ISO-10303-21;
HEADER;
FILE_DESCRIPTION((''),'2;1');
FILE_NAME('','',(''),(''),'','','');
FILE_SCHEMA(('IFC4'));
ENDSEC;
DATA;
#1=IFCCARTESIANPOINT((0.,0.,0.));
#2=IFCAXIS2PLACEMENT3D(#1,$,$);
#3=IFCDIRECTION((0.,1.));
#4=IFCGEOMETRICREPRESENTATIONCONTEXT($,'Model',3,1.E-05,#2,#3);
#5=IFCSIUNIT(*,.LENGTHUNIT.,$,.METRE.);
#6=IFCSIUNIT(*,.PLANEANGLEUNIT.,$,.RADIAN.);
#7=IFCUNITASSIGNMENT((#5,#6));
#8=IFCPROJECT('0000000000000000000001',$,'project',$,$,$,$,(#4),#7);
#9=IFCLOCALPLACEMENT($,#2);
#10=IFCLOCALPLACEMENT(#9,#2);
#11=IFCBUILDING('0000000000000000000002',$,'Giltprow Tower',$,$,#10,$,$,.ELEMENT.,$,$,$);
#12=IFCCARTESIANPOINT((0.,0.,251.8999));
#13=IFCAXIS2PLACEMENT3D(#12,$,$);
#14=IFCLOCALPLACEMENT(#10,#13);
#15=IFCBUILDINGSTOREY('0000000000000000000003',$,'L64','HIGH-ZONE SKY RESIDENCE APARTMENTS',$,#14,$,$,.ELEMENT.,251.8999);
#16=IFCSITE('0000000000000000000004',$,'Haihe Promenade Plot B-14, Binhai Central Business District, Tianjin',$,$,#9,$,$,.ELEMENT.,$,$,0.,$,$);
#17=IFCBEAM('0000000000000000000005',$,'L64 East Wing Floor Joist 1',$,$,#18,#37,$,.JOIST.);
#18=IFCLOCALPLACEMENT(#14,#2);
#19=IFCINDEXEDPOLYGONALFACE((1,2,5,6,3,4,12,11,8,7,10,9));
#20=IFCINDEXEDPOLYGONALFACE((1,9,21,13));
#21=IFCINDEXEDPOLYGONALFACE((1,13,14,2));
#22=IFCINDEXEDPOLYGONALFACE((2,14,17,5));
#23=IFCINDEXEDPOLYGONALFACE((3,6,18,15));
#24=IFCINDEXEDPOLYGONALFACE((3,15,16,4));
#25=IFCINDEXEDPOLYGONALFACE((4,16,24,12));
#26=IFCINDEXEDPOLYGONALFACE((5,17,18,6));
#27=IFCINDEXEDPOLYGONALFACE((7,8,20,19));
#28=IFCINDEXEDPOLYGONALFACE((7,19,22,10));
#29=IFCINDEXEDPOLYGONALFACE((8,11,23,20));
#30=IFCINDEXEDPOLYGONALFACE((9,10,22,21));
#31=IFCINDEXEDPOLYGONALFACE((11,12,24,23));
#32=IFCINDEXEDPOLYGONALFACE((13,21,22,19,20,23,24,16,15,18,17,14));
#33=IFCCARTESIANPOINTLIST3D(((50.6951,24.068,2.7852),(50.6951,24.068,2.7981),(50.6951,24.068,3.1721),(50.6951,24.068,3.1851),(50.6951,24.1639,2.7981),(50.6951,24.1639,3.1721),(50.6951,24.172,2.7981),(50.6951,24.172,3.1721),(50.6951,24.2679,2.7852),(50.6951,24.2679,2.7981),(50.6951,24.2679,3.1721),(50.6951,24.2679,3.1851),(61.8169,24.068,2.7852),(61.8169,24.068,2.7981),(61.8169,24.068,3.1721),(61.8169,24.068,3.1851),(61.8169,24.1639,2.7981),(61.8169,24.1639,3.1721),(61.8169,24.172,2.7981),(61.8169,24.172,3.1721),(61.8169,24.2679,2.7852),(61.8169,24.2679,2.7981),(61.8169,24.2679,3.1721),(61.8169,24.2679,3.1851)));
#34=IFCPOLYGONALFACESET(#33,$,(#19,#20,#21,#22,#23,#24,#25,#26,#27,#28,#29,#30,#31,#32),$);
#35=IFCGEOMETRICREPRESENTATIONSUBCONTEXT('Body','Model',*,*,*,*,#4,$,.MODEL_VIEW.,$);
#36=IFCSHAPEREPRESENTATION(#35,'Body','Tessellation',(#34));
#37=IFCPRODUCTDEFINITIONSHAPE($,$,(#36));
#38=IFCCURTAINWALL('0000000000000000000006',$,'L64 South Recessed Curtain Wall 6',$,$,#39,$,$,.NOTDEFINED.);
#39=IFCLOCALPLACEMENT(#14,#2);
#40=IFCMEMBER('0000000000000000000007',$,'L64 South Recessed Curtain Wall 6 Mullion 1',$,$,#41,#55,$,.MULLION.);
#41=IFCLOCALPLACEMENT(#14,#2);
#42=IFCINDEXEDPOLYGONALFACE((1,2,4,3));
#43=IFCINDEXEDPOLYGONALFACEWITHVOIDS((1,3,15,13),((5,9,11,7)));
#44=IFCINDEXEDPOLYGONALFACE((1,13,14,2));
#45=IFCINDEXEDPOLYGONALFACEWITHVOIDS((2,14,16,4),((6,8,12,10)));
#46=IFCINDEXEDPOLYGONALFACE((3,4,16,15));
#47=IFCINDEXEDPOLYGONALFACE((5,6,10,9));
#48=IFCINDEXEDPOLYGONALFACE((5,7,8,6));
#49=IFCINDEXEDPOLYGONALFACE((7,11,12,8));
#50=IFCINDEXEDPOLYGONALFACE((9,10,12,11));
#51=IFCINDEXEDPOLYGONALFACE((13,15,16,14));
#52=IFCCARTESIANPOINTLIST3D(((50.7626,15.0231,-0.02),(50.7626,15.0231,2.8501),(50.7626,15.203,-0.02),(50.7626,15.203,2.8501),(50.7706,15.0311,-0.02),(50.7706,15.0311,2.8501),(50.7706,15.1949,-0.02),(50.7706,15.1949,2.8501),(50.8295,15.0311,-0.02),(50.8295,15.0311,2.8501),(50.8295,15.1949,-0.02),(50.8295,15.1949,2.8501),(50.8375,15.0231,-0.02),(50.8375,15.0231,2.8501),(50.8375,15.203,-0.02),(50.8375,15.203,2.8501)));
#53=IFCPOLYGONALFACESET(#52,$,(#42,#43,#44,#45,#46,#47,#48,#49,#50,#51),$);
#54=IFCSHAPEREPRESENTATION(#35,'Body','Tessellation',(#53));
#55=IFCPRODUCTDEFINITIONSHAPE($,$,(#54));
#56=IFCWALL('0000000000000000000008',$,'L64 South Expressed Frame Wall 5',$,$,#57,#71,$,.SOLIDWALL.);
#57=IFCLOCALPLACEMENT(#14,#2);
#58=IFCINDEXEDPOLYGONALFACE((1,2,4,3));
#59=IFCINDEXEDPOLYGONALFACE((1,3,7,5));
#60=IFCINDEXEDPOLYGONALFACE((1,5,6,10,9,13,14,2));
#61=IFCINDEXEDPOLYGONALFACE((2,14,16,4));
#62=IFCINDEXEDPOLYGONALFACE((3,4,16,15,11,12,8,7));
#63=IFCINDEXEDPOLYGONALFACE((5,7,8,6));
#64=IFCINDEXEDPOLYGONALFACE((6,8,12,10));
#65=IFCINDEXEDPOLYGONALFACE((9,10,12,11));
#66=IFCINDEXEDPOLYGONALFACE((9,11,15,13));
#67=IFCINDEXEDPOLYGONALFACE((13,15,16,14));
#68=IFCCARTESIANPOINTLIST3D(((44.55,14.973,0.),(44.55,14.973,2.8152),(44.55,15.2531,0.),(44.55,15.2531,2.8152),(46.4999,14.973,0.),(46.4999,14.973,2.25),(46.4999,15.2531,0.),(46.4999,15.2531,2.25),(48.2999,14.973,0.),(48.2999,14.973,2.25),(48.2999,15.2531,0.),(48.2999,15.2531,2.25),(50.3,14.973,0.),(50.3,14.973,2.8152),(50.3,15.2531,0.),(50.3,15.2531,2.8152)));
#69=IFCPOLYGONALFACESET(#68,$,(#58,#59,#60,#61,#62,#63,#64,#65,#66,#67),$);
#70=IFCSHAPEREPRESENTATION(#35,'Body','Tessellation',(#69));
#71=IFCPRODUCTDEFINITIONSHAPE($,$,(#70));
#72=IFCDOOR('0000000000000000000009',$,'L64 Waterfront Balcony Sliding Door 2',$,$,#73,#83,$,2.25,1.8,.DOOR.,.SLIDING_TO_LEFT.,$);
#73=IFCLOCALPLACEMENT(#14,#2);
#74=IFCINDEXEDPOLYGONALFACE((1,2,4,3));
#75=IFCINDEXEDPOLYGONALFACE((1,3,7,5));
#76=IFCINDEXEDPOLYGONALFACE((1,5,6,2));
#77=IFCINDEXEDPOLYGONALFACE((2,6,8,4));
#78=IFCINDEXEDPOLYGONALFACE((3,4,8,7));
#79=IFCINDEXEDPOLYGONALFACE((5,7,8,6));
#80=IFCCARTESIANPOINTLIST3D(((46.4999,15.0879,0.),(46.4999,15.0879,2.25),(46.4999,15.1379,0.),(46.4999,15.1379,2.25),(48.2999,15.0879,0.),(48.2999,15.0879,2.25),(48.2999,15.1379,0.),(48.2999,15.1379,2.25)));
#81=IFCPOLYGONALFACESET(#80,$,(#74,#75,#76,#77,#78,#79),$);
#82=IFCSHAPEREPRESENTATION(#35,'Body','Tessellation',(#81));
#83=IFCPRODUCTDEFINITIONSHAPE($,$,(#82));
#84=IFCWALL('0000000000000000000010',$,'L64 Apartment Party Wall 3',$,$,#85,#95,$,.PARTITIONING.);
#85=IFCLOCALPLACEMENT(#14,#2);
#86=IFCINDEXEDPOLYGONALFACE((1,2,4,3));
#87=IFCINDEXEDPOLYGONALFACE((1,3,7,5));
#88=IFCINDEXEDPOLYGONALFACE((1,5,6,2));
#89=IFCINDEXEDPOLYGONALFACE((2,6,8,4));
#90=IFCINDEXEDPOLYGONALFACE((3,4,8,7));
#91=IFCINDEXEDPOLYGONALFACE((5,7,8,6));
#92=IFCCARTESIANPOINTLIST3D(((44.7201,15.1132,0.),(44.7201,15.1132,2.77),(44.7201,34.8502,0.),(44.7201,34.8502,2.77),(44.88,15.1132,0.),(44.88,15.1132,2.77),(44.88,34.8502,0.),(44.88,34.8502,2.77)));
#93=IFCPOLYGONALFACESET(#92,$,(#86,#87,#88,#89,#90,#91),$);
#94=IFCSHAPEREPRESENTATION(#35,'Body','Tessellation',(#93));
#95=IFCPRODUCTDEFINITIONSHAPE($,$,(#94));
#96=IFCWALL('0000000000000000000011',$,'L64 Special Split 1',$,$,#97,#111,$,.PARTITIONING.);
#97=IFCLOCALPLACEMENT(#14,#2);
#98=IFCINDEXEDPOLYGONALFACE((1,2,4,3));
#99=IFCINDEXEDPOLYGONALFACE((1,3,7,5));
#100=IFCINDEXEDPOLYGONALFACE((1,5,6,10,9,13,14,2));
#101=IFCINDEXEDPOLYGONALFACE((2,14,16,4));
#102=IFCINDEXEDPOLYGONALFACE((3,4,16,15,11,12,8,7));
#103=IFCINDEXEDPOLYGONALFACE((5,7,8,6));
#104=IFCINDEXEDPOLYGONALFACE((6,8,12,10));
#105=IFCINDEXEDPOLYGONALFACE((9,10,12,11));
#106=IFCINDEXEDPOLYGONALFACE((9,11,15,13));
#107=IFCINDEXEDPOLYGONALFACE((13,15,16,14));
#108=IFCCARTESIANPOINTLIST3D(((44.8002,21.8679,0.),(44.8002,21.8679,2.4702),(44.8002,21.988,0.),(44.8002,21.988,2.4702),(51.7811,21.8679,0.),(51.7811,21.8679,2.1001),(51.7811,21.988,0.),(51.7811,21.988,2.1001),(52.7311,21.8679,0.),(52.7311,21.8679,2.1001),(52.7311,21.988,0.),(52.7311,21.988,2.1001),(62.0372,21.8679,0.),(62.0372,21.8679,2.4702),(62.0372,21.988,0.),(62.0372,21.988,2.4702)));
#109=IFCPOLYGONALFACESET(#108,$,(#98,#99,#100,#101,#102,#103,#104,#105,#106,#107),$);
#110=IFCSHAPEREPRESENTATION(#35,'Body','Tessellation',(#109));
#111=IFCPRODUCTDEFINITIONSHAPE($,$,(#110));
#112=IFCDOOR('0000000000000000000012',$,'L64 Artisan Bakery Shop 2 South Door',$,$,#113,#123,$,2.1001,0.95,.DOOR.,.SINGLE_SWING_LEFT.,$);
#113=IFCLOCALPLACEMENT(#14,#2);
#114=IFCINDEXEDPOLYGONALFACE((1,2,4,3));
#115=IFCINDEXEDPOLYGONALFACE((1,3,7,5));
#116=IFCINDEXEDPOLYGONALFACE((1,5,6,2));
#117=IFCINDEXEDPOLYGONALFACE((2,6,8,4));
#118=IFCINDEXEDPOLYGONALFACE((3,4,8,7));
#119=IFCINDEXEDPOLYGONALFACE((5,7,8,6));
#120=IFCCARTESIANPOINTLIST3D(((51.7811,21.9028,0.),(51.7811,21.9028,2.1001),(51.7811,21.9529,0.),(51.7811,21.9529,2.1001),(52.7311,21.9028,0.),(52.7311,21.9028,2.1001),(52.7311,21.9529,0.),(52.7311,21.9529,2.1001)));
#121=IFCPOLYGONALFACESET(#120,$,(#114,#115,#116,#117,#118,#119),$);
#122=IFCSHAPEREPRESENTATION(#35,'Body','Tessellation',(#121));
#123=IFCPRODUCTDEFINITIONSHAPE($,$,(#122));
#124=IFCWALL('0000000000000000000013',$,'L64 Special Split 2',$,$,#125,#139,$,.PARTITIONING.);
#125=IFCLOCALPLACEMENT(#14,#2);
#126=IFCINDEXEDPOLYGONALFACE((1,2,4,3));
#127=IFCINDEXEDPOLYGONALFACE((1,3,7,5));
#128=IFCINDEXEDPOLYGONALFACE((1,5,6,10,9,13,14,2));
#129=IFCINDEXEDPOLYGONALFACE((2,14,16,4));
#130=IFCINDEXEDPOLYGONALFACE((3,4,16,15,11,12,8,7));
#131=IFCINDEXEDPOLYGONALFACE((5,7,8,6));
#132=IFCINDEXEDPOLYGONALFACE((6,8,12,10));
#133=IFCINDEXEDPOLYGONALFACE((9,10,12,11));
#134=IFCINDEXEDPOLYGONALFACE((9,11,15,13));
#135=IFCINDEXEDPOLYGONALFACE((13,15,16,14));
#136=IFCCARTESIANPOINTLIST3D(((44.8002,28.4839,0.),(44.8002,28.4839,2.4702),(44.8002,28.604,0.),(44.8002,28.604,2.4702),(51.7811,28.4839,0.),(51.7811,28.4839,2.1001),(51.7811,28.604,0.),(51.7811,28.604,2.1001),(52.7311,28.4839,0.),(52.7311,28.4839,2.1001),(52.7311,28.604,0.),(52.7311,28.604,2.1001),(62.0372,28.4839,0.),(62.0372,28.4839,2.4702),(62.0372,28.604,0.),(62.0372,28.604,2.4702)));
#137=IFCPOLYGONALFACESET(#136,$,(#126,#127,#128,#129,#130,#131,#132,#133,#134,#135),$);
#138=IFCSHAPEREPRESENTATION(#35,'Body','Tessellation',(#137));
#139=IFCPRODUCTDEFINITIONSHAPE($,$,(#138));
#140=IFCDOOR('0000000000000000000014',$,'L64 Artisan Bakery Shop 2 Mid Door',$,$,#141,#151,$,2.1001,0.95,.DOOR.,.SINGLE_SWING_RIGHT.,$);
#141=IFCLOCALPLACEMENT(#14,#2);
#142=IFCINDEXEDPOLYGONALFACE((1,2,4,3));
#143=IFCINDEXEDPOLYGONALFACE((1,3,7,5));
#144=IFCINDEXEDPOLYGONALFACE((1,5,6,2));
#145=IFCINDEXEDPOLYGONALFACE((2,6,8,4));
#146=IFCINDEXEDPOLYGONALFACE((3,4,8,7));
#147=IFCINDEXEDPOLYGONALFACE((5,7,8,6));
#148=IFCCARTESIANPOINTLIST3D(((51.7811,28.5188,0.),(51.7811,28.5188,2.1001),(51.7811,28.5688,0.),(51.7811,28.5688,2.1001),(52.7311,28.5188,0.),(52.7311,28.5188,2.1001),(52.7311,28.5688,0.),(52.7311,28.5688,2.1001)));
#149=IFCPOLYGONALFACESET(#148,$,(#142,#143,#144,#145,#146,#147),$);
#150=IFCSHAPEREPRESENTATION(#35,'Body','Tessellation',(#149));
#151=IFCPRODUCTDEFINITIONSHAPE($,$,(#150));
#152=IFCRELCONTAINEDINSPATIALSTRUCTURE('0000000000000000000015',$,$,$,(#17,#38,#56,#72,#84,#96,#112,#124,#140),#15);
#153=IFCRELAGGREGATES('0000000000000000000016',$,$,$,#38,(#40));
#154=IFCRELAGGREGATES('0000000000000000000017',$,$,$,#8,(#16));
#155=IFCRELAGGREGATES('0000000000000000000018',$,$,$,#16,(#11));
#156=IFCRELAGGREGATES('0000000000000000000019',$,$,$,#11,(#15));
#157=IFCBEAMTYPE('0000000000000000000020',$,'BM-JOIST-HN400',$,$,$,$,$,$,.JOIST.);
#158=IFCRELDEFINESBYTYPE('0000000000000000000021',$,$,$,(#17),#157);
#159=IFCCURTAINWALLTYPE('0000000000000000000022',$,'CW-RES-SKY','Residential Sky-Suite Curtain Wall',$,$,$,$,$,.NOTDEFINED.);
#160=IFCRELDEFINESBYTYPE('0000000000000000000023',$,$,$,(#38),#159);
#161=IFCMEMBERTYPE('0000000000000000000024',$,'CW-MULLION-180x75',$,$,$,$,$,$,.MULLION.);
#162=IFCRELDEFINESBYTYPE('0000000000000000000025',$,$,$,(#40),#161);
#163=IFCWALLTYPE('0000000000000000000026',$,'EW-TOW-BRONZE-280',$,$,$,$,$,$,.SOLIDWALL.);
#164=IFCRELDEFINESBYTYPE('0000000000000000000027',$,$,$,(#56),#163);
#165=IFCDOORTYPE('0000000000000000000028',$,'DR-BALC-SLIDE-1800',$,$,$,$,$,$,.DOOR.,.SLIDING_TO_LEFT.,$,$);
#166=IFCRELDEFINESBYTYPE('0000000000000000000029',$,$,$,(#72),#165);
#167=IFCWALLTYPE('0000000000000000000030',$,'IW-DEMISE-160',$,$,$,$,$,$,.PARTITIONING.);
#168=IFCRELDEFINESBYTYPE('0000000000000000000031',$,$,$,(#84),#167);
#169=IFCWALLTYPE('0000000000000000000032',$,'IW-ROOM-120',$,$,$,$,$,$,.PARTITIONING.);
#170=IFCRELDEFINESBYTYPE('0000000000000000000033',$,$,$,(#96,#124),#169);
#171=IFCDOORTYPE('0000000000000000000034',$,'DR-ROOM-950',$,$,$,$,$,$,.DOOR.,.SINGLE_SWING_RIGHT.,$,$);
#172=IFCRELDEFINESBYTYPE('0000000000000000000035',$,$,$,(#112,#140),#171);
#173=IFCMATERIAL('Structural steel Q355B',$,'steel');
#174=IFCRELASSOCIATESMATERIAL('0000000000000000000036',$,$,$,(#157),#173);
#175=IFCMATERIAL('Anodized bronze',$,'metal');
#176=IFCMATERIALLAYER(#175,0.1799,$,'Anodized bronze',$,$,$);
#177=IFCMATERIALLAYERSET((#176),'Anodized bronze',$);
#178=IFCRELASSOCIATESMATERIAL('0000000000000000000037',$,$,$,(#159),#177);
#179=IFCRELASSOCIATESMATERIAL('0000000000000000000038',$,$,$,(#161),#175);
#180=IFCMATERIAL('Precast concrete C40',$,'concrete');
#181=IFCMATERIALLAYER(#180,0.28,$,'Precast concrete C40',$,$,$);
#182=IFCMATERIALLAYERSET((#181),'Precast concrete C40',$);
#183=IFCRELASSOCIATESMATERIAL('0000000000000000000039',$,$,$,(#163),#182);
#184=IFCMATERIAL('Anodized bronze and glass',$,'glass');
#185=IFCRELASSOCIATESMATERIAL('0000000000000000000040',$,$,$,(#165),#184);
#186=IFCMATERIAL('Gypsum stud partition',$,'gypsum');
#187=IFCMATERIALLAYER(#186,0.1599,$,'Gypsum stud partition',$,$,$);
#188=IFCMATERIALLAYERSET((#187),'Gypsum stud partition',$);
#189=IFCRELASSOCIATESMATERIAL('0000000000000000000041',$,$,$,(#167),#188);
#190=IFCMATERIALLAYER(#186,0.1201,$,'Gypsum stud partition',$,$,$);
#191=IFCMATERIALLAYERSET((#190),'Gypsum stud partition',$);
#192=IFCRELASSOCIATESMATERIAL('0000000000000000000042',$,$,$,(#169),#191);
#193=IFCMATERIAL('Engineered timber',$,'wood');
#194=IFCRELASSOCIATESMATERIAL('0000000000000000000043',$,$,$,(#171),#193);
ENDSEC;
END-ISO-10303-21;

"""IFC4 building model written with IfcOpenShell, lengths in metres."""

from ifc_helpers import new_model, si_unit, direction, frame, frame_2d, origin, origin_2d, place, context, subcontext, project, spatial, rectangle, hollow_rectangle, i_section, extrude, source, transform, mapped, material, layer, layer_set, material_profile, profile_set, type_object, element, fill, aggregate, save


model = new_model("IFC4")

# Units and contexts
model_context = context("Model", 3, precision=1e-05, world=origin(), true_north=direction((0.0, 1.0)))
body_context = subcontext(model_context, "Body", "Model", "MODEL_VIEW")
ifc_project = project(units=[si_unit("LENGTHUNIT", "METRE"), si_unit("PLANEANGLEUNIT", "RADIAN")], contexts=[model_context])

# Site, building, storey
site_placement = place(None, origin())
site = spatial("IfcSite", under=ifc_project, at=site_placement, Name="Haihe Promenade Plot B-14, Binhai Central Business District, Tianjin", CompositionType="ELEMENT", RefElevation=0.0)
building_placement = place(site_placement, origin())
building = spatial("IfcBuilding", under=site, at=building_placement, Name="Giltprow Tower", CompositionType="ELEMENT")
storey_placement = place(building_placement, frame((0.0, 0.0, 251.8999)))
storey = spatial("IfcBuildingStorey", under=building, at=storey_placement, Name="L64", Description="HIGH-ZONE SKY RESIDENCE APARTMENTS", CompositionType="ELEMENT", Elevation=251.8999)

# Shared definitions
ifc_material_1 = material(Name="Structural steel Q355B", Category="steel")

# Beam
ifc_material_profile_1 = material_profile(ifc_material_1, i_section(OverallWidth=0.2, OverallDepth=0.3999, WebThickness=0.0081, FlangeThickness=0.0129, at=origin_2d()), Name="HN 400x200x8x13")
ifc_profile_set_1 = profile_set([ifc_material_profile_1], Name="Structural steel Q355B")
beam_type_1 = type_object("IfcBeamType", Name="BM-JOIST-HN400", PredefinedType="JOIST", material=ifc_profile_set_1)
shared_shape_1 = source(origin(), body_context, "Body", "SweptSolid", [
    extrude(i_section(OverallWidth=0.2, OverallDepth=0.3999, WebThickness=0.0081, FlangeThickness=0.0129, at=origin_2d()), origin(), (0.0, 0.0, 1.0), 11.1218),
])
beam_1_placement = place(storey_placement, frame((50.6951, 24.168, 2.9851), z_axis=(1.0, 0.0, 0.0), x_axis=(0.0, 1.0, 0.0)))
element("IfcBeam", 1, at=beam_1_placement, inside=storey, type_object=beam_type_1, Name="L64 East Wing Floor Joist 1", PredefinedType="JOIST", context=body_context, shape_type="MappedRepresentation", body=[
    mapped(shared_shape_1, transform((0.0, 0.0, 0.0), x_axis=(1.0, 0.0, 0.0), y_axis=(0.0, 1.0, 0.0), z_axis=(0.0, 0.0, 1.0), scale=1.0)),
])

# Curtain wall, member
ifc_material_2 = material(Name="Anodized bronze", Category="metal")
ifc_layer_1 = layer(ifc_material_2, 0.1799, Name="Anodized bronze")
ifc_layer_set_1 = layer_set([ifc_layer_1], Name="Anodized bronze")
curtain_wall_type = type_object("IfcCurtainWallType", Name="CW-RES-SKY", Description="Residential Sky-Suite Curtain Wall", PredefinedType="NOTDEFINED", material=ifc_layer_set_1)
curtain_wall_placement = place(storey_placement, origin())
curtain_wall = element("IfcCurtainWall", 2, at=curtain_wall_placement, inside=storey, type_object=curtain_wall_type, Name="L64 South Recessed Curtain Wall 6", PredefinedType="NOTDEFINED")
ifc_material_profile_2 = material_profile(ifc_material_2, hollow_rectangle(XDim=0.075, YDim=0.1799, WallThickness=0.0081, at=origin_2d()), Name="RHS 180x75x8")
ifc_profile_set_2 = profile_set([ifc_material_profile_2], Name="Anodized bronze")
member_type = type_object("IfcMemberType", Name="CW-MULLION-180x75", PredefinedType="MULLION", material=ifc_profile_set_2)
shared_shape_2 = source(origin(), body_context, "Body", "SweptSolid", [
    extrude(hollow_rectangle(XDim=0.075, YDim=0.1799, WallThickness=0.0081, at=origin_2d()), origin(), (0.0, 0.0, 1.0), 2.8701),
])
member_placement = place(storey_placement, frame((50.8, 15.113, -0.02), z_axis=(0.0, 0.0, 1.0), x_axis=(1.0, 0.0, 0.0)))
member = element("IfcMember", 3, at=member_placement, type_object=member_type, Name="L64 South Recessed Curtain Wall 6 Mullion 1", PredefinedType="MULLION", context=body_context, shape_type="MappedRepresentation", body=[
    mapped(shared_shape_2, transform((0.0, 0.0, 0.0), x_axis=(1.0, 0.0, 0.0), y_axis=(0.0, 1.0, 0.0), z_axis=(0.0, 0.0, 1.0), scale=1.0)),
])
aggregate(curtain_wall, [member])

# Wall, opening, door
ifc_material_3 = material(Name="Precast concrete C40", Category="concrete")
ifc_layer_2 = layer(ifc_material_3, 0.28, Name="Precast concrete C40")
ifc_layer_set_2 = layer_set([ifc_layer_2], Name="Precast concrete C40")
wall_type_1 = type_object("IfcWallType", Name="EW-TOW-BRONZE-280", PredefinedType="SOLIDWALL", material=ifc_layer_set_2)
wall_1_placement = place(storey_placement, frame((44.55, 15.113, 0.0), z_axis=(0.0, 0.0, 1.0), x_axis=(1.0, 0.0, 0.0)))
wall_1 = element("IfcWall", 4, at=wall_1_placement, inside=storey, type_object=wall_type_1, Name="L64 South Expressed Frame Wall 5", PredefinedType="SOLIDWALL", context=body_context, shape_type="SweptSolid", body=[
    extrude(rectangle(XDim=5.75, YDim=0.28, at=frame_2d((2.875, 0.0))), origin(), (0.0, 0.0, 1.0), 2.8152),
])
opening_1_placement = place(wall_1_placement, frame((1.95, 0.0, 0.0)))
opening_1 = element("IfcOpeningElement", 5, at=opening_1_placement, cuts=wall_1, PredefinedType="OPENING", context=body_context, shape_type="SweptSolid", body=[
    extrude(rectangle(XDim=1.8, YDim=2.25, at=frame_2d((0.8999, 1.125))), frame((0.0, 0.1499, 0.0), z_axis=(0.0, -1.0, 0.0), x_axis=(1.0, 0.0, 0.0)), (0.0, 0.0, 1.0), 0.3),
])
ifc_material_4 = material(Name="Anodized bronze and glass", Category="glass")
door_type_1 = type_object("IfcDoorType", Name="DR-BALC-SLIDE-1800", OperationType="SLIDING_TO_LEFT", PredefinedType="DOOR", material=ifc_material_4)
shared_shape_3 = source(origin(), body_context, "Body", "SweptSolid", [
    extrude(rectangle(XDim=1.8, YDim=2.25, at=frame_2d((0.8999, 1.125))), frame((0.0, 0.0249, 0.0), z_axis=(0.0, -1.0, 0.0), x_axis=(1.0, 0.0, 0.0)), (0.0, 0.0, 1.0), 0.05),
])
door_1_placement = place(opening_1_placement, origin())
door_1 = element("IfcDoor", 6, at=door_1_placement, inside=storey, type_object=door_type_1, Name="L64 Waterfront Balcony Sliding Door 2", OperationType="SLIDING_TO_LEFT", OverallHeight=2.25, OverallWidth=1.8, PredefinedType="DOOR", context=body_context, shape_type="MappedRepresentation", body=[
    mapped(shared_shape_3, transform((0.0, 0.0, 0.0), x_axis=(1.0, 0.0, 0.0), y_axis=(0.0, 1.0, 0.0), z_axis=(0.0, 0.0, 1.0), scale=1.0)),
])
fill(opening_1, door_1)

# Wall
ifc_material_5 = material(Name="Gypsum stud partition", Category="gypsum")
ifc_layer_3 = layer(ifc_material_5, 0.1599, Name="Gypsum stud partition")
ifc_layer_set_3 = layer_set([ifc_layer_3], Name="Gypsum stud partition")
wall_type_2 = type_object("IfcWallType", Name="IW-DEMISE-160", PredefinedType="PARTITIONING", material=ifc_layer_set_3)
wall_2_placement = place(storey_placement, frame((44.8, 15.113, 0.0), z_axis=(0.0, 0.0, 1.0), x_axis=(0.0, 1.0, 0.0)))
element("IfcWall", 7, at=wall_2_placement, inside=storey, type_object=wall_type_2, Name="L64 Apartment Party Wall 3", PredefinedType="PARTITIONING", context=body_context, shape_type="SweptSolid", body=[
    extrude(rectangle(XDim=19.7371, YDim=0.1599, at=frame_2d((9.8687, 0.0))), origin(), (0.0, 0.0, 1.0), 2.77),
])

# Walls, openings, doors
ifc_layer_4 = layer(ifc_material_5, 0.1201, Name="Gypsum stud partition")
ifc_layer_set_4 = layer_set([ifc_layer_4], Name="Gypsum stud partition")
wall_type_3 = type_object("IfcWallType", Name="IW-ROOM-120", PredefinedType="PARTITIONING", material=ifc_layer_set_4)
wall_3_placement = place(storey_placement, frame((44.8, 21.928, 0.0), z_axis=(0.0, 0.0, 1.0), x_axis=(1.0, 0.0, 0.0)))
wall_3 = element("IfcWall", 8, at=wall_3_placement, inside=storey, type_object=wall_type_3, Name="L64 Special Split 1", PredefinedType="PARTITIONING", context=body_context, shape_type="SweptSolid", body=[
    extrude(rectangle(XDim=17.2371, YDim=0.1201, at=frame_2d((8.6187, 0.0))), origin(), (0.0, 0.0, 1.0), 2.4702),
])
opening_2_placement = place(wall_3_placement, frame((6.981, 0.0, 0.0)))
opening_2 = element("IfcOpeningElement", 9, at=opening_2_placement, cuts=wall_3, PredefinedType="OPENING", context=body_context, shape_type="SweptSolid", body=[
    extrude(rectangle(XDim=0.95, YDim=2.1001, at=frame_2d((0.4751, 1.05))), frame((0.0, 0.0701, 0.0), z_axis=(0.0, -1.0, 0.0), x_axis=(1.0, 0.0, 0.0)), (0.0, 0.0, 1.0), 0.1401),
])
ifc_material_6 = material(Name="Engineered timber", Category="wood")
door_type_2 = type_object("IfcDoorType", Name="DR-ROOM-950", OperationType="SINGLE_SWING_RIGHT", PredefinedType="DOOR", material=ifc_material_6)
shared_shape_4 = source(origin(), body_context, "Body", "SweptSolid", [
    extrude(rectangle(XDim=0.95, YDim=2.1001, at=frame_2d((0.4751, 1.05))), frame((0.0, 0.0249, 0.0), z_axis=(0.0, -1.0, 0.0), x_axis=(1.0, 0.0, 0.0)), (0.0, 0.0, 1.0), 0.05),
])
door_2_placement = place(opening_2_placement, origin())
door_2 = element("IfcDoor", 10, at=door_2_placement, inside=storey, type_object=door_type_2, Name="L64 Artisan Bakery Shop 2 South Door", OperationType="SINGLE_SWING_LEFT", OverallHeight=2.1001, OverallWidth=0.95, PredefinedType="DOOR", context=body_context, shape_type="MappedRepresentation", body=[
    mapped(shared_shape_4, transform((0.0, 0.0, 0.0), x_axis=(1.0, 0.0, 0.0), y_axis=(0.0, 1.0, 0.0), z_axis=(0.0, 0.0, 1.0), scale=1.0)),
])
fill(opening_2, door_2)
wall_4_placement = place(storey_placement, frame((44.8, 28.5439, 0.0), z_axis=(0.0, 0.0, 1.0), x_axis=(1.0, 0.0, 0.0)))
wall_4 = element("IfcWall", 11, at=wall_4_placement, inside=storey, type_object=wall_type_3, Name="L64 Special Split 2", PredefinedType="PARTITIONING", context=body_context, shape_type="SweptSolid", body=[
    extrude(rectangle(XDim=17.2371, YDim=0.1201, at=frame_2d((8.6187, 0.0))), origin(), (0.0, 0.0, 1.0), 2.4702),
])
opening_3_placement = place(wall_4_placement, frame((6.981, 0.0, 0.0)))
opening_3 = element("IfcOpeningElement", 12, at=opening_3_placement, cuts=wall_4, PredefinedType="OPENING", context=body_context, shape_type="SweptSolid", body=[
    extrude(rectangle(XDim=0.95, YDim=2.1001, at=frame_2d((0.4751, 1.05))), frame((0.0, 0.0701, 0.0), z_axis=(0.0, -1.0, 0.0), x_axis=(1.0, 0.0, 0.0)), (0.0, 0.0, 1.0), 0.1401),
])
door_3_placement = place(opening_3_placement, origin())
door_3 = element("IfcDoor", 13, at=door_3_placement, inside=storey, type_object=door_type_2, Name="L64 Artisan Bakery Shop 2 Mid Door", OperationType="SINGLE_SWING_RIGHT", OverallHeight=2.1001, OverallWidth=0.95, PredefinedType="DOOR", context=body_context, shape_type="MappedRepresentation", body=[
    mapped(shared_shape_4, transform((0.0, 0.0, 0.0), x_axis=(1.0, 0.0, 0.0), y_axis=(0.0, 1.0, 0.0), z_axis=(0.0, 0.0, 1.0), scale=1.0)),
])
fill(opening_3, door_3)

save(model, "model.ifc")
